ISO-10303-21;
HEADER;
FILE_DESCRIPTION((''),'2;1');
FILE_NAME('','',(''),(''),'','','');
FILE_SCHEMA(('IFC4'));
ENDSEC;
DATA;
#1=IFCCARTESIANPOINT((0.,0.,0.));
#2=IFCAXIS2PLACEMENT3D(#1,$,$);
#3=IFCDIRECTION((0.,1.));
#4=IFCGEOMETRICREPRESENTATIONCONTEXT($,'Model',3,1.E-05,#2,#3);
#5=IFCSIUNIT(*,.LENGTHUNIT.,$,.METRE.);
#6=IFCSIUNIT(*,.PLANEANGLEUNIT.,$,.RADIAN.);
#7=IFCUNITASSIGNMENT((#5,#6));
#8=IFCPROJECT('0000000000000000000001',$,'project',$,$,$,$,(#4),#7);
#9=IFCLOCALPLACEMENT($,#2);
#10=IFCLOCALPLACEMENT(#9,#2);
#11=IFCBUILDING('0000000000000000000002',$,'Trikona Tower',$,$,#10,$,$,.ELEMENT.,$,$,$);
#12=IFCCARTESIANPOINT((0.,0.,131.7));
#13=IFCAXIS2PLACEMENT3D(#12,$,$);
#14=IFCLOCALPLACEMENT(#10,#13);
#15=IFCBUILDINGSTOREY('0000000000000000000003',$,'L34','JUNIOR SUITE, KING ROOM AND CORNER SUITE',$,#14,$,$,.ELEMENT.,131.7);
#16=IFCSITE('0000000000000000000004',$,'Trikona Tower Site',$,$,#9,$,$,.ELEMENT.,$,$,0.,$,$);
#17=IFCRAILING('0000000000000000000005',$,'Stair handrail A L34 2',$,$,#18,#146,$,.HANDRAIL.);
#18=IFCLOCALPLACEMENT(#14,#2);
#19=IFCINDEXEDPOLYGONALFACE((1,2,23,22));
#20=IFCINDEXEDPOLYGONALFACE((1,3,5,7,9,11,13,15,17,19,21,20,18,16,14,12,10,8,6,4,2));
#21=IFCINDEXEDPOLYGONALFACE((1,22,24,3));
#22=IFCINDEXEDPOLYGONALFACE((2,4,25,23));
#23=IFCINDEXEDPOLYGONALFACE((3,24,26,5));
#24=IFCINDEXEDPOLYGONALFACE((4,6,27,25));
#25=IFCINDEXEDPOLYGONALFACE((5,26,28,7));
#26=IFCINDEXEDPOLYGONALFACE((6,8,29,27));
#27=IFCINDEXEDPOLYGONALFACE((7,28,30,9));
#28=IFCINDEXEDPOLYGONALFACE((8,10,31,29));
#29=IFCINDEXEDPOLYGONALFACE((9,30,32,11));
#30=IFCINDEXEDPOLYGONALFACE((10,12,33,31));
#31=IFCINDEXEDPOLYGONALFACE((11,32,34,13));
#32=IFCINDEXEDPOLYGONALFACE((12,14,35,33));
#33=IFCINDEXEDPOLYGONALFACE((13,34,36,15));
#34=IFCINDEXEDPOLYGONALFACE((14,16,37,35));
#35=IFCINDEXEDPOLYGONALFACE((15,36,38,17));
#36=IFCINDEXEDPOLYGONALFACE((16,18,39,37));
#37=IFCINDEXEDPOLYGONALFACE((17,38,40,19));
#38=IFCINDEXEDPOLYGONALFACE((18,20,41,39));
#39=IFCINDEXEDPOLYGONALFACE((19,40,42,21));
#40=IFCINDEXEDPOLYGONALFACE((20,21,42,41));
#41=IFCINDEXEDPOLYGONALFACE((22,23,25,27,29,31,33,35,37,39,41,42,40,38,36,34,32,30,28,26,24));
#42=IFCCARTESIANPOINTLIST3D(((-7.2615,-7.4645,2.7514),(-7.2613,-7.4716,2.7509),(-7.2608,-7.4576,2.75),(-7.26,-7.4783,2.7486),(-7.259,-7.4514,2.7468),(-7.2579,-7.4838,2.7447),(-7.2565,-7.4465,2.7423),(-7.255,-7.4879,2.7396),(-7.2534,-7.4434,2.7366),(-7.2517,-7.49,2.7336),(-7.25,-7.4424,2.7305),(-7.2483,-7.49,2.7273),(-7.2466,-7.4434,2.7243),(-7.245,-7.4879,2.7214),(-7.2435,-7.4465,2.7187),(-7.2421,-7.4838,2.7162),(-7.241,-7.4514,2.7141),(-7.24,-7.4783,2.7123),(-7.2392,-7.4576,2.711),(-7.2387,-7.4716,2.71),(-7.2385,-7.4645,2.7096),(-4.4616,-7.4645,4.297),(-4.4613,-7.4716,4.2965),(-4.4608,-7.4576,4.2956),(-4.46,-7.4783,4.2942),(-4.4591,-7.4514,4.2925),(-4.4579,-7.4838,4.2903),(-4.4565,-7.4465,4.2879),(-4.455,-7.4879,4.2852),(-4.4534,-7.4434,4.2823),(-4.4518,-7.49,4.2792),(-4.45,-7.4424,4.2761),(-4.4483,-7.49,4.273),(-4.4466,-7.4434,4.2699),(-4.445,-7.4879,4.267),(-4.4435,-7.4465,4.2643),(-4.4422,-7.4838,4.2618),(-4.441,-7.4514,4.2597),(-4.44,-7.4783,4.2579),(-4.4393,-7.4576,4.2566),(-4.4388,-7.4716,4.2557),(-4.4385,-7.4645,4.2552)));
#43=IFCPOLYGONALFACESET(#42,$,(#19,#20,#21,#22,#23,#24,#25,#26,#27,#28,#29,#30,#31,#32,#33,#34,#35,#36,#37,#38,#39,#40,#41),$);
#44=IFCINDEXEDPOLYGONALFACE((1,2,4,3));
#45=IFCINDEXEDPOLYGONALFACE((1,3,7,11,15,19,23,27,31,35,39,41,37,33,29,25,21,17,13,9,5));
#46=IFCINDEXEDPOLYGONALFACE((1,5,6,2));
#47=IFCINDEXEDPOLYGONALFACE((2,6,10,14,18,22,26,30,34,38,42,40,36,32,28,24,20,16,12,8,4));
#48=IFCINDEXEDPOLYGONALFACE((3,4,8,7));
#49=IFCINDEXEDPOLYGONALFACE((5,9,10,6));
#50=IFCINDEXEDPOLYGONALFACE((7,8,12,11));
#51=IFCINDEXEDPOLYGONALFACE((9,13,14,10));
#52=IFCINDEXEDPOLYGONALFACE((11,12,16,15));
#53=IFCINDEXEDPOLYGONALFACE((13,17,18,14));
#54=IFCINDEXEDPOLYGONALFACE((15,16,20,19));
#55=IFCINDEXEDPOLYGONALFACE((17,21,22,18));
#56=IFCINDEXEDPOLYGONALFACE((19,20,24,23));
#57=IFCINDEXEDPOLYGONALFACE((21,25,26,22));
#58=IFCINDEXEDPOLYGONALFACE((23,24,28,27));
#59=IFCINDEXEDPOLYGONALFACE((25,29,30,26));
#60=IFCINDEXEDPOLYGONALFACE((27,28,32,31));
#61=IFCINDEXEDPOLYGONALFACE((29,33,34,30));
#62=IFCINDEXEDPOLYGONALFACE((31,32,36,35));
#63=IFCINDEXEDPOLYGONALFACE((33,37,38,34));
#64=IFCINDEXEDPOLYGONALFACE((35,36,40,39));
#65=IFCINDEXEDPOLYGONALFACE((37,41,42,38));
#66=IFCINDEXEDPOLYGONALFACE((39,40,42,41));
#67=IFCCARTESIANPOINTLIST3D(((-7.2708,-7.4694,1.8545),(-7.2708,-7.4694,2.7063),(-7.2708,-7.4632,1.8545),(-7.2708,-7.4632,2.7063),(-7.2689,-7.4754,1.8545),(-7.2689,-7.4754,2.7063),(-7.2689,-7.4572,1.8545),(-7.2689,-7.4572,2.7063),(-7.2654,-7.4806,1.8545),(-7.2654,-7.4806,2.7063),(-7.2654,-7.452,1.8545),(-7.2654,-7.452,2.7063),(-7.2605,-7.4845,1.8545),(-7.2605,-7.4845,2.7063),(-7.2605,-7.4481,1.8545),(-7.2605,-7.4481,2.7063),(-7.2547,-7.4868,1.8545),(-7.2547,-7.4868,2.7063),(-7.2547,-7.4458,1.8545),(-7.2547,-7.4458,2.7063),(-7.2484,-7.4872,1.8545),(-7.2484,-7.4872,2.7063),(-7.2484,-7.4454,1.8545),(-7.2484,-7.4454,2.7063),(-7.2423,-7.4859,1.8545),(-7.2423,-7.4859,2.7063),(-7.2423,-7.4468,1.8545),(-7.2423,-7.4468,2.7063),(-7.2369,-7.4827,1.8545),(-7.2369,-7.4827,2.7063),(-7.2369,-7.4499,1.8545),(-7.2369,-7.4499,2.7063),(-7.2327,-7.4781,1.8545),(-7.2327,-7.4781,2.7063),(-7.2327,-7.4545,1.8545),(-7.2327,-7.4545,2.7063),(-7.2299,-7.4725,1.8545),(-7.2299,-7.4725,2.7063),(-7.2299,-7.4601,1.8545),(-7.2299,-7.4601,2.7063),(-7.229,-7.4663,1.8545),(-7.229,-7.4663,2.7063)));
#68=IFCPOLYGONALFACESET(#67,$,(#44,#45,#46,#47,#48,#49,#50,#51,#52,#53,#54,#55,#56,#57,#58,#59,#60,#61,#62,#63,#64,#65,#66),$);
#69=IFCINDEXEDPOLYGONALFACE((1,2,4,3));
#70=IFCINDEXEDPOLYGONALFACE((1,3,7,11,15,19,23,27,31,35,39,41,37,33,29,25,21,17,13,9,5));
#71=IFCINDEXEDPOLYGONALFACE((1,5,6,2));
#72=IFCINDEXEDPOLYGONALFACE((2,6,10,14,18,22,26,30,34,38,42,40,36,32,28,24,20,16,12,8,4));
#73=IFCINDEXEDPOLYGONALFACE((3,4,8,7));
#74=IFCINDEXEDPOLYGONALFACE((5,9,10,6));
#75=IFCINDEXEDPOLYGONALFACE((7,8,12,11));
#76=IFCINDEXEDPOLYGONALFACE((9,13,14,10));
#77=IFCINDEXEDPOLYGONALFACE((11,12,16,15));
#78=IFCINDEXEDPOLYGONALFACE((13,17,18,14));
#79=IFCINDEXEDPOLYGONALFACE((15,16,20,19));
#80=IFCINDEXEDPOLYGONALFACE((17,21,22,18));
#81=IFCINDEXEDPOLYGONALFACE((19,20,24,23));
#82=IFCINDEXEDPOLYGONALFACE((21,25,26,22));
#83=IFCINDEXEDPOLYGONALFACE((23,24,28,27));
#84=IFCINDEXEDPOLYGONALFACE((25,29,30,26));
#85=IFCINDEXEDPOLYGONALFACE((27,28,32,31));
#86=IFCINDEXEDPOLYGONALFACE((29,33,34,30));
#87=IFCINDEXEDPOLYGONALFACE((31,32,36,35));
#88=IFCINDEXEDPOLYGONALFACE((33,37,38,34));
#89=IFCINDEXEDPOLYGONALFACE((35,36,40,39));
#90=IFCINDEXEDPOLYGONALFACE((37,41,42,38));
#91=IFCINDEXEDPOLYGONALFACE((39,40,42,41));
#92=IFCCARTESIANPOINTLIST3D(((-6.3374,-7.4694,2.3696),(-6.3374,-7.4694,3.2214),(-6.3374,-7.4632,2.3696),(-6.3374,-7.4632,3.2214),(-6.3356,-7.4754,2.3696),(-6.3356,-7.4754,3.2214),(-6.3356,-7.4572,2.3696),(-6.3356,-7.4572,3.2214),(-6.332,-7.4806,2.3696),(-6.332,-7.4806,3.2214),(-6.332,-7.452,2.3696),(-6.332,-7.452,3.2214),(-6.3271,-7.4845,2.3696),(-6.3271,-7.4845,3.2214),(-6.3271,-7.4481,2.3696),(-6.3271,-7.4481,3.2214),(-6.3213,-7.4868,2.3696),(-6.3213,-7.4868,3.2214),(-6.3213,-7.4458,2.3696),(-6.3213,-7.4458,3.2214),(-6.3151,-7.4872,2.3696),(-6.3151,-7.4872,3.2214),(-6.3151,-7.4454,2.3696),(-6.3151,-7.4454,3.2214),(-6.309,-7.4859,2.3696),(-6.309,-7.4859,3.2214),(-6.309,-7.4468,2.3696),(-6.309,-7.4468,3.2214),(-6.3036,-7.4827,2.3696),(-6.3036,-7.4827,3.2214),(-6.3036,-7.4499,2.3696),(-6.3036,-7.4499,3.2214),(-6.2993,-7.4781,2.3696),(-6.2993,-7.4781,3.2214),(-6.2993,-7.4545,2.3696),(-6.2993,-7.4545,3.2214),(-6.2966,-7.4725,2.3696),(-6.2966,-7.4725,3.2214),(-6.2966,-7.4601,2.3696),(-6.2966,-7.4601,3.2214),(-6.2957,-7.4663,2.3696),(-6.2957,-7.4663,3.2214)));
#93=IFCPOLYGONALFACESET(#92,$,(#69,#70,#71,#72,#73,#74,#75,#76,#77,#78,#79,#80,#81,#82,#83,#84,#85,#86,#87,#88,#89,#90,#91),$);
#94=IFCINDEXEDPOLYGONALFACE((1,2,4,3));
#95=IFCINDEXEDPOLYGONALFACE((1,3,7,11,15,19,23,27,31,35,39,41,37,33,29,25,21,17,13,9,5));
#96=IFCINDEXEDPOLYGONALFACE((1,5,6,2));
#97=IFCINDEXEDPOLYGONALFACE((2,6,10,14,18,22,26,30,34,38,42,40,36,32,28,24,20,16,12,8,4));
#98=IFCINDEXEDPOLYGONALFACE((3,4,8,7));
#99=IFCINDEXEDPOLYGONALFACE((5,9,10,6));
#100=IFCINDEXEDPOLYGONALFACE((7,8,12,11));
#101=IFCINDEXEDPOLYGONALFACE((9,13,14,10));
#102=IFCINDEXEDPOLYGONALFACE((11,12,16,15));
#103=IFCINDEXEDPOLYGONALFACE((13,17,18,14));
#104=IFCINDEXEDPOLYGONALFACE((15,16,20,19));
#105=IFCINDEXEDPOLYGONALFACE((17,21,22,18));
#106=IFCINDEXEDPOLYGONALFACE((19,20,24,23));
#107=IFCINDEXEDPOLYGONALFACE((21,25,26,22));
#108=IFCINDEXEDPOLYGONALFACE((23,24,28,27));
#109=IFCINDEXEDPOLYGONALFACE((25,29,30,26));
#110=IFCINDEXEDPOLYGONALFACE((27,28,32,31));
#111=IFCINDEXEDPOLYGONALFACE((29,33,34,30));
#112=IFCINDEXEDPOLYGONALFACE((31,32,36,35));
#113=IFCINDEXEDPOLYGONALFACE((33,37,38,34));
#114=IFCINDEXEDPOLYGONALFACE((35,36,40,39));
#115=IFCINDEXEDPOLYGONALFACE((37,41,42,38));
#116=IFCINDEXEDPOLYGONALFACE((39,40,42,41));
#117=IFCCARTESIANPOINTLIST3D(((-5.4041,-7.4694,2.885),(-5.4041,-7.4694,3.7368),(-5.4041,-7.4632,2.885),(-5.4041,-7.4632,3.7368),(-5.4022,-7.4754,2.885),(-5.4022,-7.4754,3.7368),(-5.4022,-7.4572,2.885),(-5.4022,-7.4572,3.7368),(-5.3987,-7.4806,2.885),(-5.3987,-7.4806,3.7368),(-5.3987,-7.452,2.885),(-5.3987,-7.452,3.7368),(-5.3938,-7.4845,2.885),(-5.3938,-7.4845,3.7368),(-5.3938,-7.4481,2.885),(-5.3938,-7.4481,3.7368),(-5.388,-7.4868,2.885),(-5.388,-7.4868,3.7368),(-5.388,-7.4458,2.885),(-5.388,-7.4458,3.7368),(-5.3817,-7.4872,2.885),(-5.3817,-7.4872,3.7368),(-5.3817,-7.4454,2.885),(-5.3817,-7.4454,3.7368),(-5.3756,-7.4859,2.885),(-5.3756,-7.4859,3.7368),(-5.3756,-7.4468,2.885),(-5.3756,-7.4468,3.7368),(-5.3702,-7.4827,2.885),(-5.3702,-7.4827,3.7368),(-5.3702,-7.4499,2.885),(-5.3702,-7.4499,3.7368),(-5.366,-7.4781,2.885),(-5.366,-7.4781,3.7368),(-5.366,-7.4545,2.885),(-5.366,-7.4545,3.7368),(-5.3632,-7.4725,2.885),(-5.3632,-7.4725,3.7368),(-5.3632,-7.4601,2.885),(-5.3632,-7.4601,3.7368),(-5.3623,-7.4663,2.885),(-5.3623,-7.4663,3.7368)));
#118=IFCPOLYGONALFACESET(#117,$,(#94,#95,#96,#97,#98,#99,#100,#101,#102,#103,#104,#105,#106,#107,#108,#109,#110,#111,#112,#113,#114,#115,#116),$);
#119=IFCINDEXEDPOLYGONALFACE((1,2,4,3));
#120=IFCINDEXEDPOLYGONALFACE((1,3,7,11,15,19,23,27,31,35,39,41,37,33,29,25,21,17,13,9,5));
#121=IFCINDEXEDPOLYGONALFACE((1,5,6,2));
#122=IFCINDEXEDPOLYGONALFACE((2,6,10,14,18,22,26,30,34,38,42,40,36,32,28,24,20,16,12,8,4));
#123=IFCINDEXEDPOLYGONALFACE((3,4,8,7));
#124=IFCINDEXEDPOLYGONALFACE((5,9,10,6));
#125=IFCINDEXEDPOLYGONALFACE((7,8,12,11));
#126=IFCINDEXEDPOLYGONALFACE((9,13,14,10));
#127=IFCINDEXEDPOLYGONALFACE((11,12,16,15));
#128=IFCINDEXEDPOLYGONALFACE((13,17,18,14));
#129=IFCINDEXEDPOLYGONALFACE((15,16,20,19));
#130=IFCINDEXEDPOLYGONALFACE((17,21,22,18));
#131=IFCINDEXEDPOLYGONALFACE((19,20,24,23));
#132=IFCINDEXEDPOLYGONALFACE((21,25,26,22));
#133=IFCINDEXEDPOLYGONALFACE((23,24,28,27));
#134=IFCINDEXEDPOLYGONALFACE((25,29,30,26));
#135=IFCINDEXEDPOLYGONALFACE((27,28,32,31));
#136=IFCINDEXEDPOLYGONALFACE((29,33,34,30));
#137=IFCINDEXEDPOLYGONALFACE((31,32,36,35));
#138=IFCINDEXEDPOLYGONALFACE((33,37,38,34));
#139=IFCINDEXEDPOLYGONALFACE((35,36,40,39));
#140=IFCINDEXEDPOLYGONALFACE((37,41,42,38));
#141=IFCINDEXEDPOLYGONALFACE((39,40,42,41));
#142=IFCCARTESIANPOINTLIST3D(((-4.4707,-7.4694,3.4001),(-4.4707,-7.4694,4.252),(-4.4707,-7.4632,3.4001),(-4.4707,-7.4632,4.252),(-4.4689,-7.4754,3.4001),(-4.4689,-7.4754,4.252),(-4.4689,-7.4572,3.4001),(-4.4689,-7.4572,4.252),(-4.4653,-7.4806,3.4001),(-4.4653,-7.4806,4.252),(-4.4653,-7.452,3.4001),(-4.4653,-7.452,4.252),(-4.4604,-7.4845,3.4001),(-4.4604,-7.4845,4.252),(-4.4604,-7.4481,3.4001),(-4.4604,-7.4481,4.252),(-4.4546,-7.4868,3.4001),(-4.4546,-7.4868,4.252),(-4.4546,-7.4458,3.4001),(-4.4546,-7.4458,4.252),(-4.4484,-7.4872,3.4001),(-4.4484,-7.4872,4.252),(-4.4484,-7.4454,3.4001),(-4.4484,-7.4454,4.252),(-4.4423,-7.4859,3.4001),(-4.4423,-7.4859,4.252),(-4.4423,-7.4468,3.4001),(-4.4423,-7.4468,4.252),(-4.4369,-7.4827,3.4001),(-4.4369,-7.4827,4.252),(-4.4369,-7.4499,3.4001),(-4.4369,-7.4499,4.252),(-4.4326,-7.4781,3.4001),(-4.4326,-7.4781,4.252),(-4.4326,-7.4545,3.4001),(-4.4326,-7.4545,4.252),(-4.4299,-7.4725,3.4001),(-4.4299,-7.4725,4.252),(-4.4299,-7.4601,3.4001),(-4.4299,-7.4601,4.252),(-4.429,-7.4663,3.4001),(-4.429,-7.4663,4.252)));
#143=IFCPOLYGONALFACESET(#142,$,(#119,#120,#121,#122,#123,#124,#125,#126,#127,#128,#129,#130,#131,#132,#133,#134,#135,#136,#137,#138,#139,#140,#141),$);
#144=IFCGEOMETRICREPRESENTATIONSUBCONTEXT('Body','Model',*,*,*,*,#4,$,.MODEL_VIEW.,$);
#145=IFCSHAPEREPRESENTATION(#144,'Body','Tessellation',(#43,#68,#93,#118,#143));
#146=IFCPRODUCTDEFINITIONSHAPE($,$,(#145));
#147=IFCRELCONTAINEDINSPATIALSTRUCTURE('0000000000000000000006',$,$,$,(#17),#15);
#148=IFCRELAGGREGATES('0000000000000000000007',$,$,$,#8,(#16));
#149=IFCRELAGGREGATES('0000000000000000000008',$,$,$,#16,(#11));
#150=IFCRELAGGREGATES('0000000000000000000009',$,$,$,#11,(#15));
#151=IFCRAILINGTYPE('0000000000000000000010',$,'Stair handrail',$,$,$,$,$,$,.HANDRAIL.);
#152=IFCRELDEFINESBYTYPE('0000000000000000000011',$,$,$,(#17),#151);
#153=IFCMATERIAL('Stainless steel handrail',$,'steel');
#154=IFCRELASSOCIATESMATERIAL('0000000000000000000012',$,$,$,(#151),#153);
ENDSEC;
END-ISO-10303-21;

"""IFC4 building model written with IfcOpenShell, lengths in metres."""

from ifc_helpers import new_model, si_unit, direction, frame, origin, origin_2d, place, context, subcontext, project, spatial, circle, extrude, material, type_object, element, save


model = new_model("IFC4")

# Units and contexts
model_context = context("Model", 3, precision=1e-05, world=origin(), true_north=direction((0.0, 1.0)))
body_context = subcontext(model_context, "Body", "Model", "MODEL_VIEW")
ifc_project = project(units=[si_unit("LENGTHUNIT", "METRE"), si_unit("PLANEANGLEUNIT", "RADIAN")], contexts=[model_context])

# Site, building, storey
site_placement = place(None, origin())
site = spatial("IfcSite", under=ifc_project, at=site_placement, Name="Trikona Tower Site", CompositionType="ELEMENT", RefElevation=0.0)
building_placement = place(site_placement, origin())
building = spatial("IfcBuilding", under=site, at=building_placement, Name="Trikona Tower", CompositionType="ELEMENT")
storey_placement = place(building_placement, frame((0.0, 0.0, 131.7)))
storey = spatial("IfcBuildingStorey", under=building, at=storey_placement, Name="L34", Description="JUNIOR SUITE, KING ROOM AND CORNER SUITE", CompositionType="ELEMENT", Elevation=131.7)

# Railing
ifc_material_1 = material(Name="Stainless steel handrail", Category="steel")
railing_type = type_object("IfcRailingType", Name="Stair handrail", PredefinedType="HANDRAIL", material=ifc_material_1)
railing_placement = place(storey_placement, frame((-7.25, -7.4663, 1.8545)))
element("IfcRailing", 1, at=railing_placement, inside=storey, type_object=railing_type, Name="Stair handrail A L34 2", PredefinedType="HANDRAIL", context=body_context, shape_type="SweptSolid", body=[
    extrude(circle(Radius=0.0239, at=origin_2d()), frame((0.0, 0.0, 0.876), z_axis=(0.875472, 0.0, 0.483269), x_axis=(0.0, 1.0, 0.0)), (0.0, 0.0, 1.0), 3.1982),
    extrude(circle(Radius=0.021, at=origin_2d()), origin(), (0.0, 0.0, 1.0), 0.8518),
    extrude(circle(Radius=0.021, at=origin_2d()), frame((0.9333, 0.0, 0.5151)), (0.0, 0.0, 1.0), 0.8518),
    extrude(circle(Radius=0.021, at=origin_2d()), frame((1.8667, 0.0, 1.0305)), (0.0, 0.0, 1.0), 0.8518),
    extrude(circle(Radius=0.021, at=origin_2d()), frame((2.8, 0.0, 1.5457)), (0.0, 0.0, 1.0), 0.8518),
])

save(model, "model.ifc")
